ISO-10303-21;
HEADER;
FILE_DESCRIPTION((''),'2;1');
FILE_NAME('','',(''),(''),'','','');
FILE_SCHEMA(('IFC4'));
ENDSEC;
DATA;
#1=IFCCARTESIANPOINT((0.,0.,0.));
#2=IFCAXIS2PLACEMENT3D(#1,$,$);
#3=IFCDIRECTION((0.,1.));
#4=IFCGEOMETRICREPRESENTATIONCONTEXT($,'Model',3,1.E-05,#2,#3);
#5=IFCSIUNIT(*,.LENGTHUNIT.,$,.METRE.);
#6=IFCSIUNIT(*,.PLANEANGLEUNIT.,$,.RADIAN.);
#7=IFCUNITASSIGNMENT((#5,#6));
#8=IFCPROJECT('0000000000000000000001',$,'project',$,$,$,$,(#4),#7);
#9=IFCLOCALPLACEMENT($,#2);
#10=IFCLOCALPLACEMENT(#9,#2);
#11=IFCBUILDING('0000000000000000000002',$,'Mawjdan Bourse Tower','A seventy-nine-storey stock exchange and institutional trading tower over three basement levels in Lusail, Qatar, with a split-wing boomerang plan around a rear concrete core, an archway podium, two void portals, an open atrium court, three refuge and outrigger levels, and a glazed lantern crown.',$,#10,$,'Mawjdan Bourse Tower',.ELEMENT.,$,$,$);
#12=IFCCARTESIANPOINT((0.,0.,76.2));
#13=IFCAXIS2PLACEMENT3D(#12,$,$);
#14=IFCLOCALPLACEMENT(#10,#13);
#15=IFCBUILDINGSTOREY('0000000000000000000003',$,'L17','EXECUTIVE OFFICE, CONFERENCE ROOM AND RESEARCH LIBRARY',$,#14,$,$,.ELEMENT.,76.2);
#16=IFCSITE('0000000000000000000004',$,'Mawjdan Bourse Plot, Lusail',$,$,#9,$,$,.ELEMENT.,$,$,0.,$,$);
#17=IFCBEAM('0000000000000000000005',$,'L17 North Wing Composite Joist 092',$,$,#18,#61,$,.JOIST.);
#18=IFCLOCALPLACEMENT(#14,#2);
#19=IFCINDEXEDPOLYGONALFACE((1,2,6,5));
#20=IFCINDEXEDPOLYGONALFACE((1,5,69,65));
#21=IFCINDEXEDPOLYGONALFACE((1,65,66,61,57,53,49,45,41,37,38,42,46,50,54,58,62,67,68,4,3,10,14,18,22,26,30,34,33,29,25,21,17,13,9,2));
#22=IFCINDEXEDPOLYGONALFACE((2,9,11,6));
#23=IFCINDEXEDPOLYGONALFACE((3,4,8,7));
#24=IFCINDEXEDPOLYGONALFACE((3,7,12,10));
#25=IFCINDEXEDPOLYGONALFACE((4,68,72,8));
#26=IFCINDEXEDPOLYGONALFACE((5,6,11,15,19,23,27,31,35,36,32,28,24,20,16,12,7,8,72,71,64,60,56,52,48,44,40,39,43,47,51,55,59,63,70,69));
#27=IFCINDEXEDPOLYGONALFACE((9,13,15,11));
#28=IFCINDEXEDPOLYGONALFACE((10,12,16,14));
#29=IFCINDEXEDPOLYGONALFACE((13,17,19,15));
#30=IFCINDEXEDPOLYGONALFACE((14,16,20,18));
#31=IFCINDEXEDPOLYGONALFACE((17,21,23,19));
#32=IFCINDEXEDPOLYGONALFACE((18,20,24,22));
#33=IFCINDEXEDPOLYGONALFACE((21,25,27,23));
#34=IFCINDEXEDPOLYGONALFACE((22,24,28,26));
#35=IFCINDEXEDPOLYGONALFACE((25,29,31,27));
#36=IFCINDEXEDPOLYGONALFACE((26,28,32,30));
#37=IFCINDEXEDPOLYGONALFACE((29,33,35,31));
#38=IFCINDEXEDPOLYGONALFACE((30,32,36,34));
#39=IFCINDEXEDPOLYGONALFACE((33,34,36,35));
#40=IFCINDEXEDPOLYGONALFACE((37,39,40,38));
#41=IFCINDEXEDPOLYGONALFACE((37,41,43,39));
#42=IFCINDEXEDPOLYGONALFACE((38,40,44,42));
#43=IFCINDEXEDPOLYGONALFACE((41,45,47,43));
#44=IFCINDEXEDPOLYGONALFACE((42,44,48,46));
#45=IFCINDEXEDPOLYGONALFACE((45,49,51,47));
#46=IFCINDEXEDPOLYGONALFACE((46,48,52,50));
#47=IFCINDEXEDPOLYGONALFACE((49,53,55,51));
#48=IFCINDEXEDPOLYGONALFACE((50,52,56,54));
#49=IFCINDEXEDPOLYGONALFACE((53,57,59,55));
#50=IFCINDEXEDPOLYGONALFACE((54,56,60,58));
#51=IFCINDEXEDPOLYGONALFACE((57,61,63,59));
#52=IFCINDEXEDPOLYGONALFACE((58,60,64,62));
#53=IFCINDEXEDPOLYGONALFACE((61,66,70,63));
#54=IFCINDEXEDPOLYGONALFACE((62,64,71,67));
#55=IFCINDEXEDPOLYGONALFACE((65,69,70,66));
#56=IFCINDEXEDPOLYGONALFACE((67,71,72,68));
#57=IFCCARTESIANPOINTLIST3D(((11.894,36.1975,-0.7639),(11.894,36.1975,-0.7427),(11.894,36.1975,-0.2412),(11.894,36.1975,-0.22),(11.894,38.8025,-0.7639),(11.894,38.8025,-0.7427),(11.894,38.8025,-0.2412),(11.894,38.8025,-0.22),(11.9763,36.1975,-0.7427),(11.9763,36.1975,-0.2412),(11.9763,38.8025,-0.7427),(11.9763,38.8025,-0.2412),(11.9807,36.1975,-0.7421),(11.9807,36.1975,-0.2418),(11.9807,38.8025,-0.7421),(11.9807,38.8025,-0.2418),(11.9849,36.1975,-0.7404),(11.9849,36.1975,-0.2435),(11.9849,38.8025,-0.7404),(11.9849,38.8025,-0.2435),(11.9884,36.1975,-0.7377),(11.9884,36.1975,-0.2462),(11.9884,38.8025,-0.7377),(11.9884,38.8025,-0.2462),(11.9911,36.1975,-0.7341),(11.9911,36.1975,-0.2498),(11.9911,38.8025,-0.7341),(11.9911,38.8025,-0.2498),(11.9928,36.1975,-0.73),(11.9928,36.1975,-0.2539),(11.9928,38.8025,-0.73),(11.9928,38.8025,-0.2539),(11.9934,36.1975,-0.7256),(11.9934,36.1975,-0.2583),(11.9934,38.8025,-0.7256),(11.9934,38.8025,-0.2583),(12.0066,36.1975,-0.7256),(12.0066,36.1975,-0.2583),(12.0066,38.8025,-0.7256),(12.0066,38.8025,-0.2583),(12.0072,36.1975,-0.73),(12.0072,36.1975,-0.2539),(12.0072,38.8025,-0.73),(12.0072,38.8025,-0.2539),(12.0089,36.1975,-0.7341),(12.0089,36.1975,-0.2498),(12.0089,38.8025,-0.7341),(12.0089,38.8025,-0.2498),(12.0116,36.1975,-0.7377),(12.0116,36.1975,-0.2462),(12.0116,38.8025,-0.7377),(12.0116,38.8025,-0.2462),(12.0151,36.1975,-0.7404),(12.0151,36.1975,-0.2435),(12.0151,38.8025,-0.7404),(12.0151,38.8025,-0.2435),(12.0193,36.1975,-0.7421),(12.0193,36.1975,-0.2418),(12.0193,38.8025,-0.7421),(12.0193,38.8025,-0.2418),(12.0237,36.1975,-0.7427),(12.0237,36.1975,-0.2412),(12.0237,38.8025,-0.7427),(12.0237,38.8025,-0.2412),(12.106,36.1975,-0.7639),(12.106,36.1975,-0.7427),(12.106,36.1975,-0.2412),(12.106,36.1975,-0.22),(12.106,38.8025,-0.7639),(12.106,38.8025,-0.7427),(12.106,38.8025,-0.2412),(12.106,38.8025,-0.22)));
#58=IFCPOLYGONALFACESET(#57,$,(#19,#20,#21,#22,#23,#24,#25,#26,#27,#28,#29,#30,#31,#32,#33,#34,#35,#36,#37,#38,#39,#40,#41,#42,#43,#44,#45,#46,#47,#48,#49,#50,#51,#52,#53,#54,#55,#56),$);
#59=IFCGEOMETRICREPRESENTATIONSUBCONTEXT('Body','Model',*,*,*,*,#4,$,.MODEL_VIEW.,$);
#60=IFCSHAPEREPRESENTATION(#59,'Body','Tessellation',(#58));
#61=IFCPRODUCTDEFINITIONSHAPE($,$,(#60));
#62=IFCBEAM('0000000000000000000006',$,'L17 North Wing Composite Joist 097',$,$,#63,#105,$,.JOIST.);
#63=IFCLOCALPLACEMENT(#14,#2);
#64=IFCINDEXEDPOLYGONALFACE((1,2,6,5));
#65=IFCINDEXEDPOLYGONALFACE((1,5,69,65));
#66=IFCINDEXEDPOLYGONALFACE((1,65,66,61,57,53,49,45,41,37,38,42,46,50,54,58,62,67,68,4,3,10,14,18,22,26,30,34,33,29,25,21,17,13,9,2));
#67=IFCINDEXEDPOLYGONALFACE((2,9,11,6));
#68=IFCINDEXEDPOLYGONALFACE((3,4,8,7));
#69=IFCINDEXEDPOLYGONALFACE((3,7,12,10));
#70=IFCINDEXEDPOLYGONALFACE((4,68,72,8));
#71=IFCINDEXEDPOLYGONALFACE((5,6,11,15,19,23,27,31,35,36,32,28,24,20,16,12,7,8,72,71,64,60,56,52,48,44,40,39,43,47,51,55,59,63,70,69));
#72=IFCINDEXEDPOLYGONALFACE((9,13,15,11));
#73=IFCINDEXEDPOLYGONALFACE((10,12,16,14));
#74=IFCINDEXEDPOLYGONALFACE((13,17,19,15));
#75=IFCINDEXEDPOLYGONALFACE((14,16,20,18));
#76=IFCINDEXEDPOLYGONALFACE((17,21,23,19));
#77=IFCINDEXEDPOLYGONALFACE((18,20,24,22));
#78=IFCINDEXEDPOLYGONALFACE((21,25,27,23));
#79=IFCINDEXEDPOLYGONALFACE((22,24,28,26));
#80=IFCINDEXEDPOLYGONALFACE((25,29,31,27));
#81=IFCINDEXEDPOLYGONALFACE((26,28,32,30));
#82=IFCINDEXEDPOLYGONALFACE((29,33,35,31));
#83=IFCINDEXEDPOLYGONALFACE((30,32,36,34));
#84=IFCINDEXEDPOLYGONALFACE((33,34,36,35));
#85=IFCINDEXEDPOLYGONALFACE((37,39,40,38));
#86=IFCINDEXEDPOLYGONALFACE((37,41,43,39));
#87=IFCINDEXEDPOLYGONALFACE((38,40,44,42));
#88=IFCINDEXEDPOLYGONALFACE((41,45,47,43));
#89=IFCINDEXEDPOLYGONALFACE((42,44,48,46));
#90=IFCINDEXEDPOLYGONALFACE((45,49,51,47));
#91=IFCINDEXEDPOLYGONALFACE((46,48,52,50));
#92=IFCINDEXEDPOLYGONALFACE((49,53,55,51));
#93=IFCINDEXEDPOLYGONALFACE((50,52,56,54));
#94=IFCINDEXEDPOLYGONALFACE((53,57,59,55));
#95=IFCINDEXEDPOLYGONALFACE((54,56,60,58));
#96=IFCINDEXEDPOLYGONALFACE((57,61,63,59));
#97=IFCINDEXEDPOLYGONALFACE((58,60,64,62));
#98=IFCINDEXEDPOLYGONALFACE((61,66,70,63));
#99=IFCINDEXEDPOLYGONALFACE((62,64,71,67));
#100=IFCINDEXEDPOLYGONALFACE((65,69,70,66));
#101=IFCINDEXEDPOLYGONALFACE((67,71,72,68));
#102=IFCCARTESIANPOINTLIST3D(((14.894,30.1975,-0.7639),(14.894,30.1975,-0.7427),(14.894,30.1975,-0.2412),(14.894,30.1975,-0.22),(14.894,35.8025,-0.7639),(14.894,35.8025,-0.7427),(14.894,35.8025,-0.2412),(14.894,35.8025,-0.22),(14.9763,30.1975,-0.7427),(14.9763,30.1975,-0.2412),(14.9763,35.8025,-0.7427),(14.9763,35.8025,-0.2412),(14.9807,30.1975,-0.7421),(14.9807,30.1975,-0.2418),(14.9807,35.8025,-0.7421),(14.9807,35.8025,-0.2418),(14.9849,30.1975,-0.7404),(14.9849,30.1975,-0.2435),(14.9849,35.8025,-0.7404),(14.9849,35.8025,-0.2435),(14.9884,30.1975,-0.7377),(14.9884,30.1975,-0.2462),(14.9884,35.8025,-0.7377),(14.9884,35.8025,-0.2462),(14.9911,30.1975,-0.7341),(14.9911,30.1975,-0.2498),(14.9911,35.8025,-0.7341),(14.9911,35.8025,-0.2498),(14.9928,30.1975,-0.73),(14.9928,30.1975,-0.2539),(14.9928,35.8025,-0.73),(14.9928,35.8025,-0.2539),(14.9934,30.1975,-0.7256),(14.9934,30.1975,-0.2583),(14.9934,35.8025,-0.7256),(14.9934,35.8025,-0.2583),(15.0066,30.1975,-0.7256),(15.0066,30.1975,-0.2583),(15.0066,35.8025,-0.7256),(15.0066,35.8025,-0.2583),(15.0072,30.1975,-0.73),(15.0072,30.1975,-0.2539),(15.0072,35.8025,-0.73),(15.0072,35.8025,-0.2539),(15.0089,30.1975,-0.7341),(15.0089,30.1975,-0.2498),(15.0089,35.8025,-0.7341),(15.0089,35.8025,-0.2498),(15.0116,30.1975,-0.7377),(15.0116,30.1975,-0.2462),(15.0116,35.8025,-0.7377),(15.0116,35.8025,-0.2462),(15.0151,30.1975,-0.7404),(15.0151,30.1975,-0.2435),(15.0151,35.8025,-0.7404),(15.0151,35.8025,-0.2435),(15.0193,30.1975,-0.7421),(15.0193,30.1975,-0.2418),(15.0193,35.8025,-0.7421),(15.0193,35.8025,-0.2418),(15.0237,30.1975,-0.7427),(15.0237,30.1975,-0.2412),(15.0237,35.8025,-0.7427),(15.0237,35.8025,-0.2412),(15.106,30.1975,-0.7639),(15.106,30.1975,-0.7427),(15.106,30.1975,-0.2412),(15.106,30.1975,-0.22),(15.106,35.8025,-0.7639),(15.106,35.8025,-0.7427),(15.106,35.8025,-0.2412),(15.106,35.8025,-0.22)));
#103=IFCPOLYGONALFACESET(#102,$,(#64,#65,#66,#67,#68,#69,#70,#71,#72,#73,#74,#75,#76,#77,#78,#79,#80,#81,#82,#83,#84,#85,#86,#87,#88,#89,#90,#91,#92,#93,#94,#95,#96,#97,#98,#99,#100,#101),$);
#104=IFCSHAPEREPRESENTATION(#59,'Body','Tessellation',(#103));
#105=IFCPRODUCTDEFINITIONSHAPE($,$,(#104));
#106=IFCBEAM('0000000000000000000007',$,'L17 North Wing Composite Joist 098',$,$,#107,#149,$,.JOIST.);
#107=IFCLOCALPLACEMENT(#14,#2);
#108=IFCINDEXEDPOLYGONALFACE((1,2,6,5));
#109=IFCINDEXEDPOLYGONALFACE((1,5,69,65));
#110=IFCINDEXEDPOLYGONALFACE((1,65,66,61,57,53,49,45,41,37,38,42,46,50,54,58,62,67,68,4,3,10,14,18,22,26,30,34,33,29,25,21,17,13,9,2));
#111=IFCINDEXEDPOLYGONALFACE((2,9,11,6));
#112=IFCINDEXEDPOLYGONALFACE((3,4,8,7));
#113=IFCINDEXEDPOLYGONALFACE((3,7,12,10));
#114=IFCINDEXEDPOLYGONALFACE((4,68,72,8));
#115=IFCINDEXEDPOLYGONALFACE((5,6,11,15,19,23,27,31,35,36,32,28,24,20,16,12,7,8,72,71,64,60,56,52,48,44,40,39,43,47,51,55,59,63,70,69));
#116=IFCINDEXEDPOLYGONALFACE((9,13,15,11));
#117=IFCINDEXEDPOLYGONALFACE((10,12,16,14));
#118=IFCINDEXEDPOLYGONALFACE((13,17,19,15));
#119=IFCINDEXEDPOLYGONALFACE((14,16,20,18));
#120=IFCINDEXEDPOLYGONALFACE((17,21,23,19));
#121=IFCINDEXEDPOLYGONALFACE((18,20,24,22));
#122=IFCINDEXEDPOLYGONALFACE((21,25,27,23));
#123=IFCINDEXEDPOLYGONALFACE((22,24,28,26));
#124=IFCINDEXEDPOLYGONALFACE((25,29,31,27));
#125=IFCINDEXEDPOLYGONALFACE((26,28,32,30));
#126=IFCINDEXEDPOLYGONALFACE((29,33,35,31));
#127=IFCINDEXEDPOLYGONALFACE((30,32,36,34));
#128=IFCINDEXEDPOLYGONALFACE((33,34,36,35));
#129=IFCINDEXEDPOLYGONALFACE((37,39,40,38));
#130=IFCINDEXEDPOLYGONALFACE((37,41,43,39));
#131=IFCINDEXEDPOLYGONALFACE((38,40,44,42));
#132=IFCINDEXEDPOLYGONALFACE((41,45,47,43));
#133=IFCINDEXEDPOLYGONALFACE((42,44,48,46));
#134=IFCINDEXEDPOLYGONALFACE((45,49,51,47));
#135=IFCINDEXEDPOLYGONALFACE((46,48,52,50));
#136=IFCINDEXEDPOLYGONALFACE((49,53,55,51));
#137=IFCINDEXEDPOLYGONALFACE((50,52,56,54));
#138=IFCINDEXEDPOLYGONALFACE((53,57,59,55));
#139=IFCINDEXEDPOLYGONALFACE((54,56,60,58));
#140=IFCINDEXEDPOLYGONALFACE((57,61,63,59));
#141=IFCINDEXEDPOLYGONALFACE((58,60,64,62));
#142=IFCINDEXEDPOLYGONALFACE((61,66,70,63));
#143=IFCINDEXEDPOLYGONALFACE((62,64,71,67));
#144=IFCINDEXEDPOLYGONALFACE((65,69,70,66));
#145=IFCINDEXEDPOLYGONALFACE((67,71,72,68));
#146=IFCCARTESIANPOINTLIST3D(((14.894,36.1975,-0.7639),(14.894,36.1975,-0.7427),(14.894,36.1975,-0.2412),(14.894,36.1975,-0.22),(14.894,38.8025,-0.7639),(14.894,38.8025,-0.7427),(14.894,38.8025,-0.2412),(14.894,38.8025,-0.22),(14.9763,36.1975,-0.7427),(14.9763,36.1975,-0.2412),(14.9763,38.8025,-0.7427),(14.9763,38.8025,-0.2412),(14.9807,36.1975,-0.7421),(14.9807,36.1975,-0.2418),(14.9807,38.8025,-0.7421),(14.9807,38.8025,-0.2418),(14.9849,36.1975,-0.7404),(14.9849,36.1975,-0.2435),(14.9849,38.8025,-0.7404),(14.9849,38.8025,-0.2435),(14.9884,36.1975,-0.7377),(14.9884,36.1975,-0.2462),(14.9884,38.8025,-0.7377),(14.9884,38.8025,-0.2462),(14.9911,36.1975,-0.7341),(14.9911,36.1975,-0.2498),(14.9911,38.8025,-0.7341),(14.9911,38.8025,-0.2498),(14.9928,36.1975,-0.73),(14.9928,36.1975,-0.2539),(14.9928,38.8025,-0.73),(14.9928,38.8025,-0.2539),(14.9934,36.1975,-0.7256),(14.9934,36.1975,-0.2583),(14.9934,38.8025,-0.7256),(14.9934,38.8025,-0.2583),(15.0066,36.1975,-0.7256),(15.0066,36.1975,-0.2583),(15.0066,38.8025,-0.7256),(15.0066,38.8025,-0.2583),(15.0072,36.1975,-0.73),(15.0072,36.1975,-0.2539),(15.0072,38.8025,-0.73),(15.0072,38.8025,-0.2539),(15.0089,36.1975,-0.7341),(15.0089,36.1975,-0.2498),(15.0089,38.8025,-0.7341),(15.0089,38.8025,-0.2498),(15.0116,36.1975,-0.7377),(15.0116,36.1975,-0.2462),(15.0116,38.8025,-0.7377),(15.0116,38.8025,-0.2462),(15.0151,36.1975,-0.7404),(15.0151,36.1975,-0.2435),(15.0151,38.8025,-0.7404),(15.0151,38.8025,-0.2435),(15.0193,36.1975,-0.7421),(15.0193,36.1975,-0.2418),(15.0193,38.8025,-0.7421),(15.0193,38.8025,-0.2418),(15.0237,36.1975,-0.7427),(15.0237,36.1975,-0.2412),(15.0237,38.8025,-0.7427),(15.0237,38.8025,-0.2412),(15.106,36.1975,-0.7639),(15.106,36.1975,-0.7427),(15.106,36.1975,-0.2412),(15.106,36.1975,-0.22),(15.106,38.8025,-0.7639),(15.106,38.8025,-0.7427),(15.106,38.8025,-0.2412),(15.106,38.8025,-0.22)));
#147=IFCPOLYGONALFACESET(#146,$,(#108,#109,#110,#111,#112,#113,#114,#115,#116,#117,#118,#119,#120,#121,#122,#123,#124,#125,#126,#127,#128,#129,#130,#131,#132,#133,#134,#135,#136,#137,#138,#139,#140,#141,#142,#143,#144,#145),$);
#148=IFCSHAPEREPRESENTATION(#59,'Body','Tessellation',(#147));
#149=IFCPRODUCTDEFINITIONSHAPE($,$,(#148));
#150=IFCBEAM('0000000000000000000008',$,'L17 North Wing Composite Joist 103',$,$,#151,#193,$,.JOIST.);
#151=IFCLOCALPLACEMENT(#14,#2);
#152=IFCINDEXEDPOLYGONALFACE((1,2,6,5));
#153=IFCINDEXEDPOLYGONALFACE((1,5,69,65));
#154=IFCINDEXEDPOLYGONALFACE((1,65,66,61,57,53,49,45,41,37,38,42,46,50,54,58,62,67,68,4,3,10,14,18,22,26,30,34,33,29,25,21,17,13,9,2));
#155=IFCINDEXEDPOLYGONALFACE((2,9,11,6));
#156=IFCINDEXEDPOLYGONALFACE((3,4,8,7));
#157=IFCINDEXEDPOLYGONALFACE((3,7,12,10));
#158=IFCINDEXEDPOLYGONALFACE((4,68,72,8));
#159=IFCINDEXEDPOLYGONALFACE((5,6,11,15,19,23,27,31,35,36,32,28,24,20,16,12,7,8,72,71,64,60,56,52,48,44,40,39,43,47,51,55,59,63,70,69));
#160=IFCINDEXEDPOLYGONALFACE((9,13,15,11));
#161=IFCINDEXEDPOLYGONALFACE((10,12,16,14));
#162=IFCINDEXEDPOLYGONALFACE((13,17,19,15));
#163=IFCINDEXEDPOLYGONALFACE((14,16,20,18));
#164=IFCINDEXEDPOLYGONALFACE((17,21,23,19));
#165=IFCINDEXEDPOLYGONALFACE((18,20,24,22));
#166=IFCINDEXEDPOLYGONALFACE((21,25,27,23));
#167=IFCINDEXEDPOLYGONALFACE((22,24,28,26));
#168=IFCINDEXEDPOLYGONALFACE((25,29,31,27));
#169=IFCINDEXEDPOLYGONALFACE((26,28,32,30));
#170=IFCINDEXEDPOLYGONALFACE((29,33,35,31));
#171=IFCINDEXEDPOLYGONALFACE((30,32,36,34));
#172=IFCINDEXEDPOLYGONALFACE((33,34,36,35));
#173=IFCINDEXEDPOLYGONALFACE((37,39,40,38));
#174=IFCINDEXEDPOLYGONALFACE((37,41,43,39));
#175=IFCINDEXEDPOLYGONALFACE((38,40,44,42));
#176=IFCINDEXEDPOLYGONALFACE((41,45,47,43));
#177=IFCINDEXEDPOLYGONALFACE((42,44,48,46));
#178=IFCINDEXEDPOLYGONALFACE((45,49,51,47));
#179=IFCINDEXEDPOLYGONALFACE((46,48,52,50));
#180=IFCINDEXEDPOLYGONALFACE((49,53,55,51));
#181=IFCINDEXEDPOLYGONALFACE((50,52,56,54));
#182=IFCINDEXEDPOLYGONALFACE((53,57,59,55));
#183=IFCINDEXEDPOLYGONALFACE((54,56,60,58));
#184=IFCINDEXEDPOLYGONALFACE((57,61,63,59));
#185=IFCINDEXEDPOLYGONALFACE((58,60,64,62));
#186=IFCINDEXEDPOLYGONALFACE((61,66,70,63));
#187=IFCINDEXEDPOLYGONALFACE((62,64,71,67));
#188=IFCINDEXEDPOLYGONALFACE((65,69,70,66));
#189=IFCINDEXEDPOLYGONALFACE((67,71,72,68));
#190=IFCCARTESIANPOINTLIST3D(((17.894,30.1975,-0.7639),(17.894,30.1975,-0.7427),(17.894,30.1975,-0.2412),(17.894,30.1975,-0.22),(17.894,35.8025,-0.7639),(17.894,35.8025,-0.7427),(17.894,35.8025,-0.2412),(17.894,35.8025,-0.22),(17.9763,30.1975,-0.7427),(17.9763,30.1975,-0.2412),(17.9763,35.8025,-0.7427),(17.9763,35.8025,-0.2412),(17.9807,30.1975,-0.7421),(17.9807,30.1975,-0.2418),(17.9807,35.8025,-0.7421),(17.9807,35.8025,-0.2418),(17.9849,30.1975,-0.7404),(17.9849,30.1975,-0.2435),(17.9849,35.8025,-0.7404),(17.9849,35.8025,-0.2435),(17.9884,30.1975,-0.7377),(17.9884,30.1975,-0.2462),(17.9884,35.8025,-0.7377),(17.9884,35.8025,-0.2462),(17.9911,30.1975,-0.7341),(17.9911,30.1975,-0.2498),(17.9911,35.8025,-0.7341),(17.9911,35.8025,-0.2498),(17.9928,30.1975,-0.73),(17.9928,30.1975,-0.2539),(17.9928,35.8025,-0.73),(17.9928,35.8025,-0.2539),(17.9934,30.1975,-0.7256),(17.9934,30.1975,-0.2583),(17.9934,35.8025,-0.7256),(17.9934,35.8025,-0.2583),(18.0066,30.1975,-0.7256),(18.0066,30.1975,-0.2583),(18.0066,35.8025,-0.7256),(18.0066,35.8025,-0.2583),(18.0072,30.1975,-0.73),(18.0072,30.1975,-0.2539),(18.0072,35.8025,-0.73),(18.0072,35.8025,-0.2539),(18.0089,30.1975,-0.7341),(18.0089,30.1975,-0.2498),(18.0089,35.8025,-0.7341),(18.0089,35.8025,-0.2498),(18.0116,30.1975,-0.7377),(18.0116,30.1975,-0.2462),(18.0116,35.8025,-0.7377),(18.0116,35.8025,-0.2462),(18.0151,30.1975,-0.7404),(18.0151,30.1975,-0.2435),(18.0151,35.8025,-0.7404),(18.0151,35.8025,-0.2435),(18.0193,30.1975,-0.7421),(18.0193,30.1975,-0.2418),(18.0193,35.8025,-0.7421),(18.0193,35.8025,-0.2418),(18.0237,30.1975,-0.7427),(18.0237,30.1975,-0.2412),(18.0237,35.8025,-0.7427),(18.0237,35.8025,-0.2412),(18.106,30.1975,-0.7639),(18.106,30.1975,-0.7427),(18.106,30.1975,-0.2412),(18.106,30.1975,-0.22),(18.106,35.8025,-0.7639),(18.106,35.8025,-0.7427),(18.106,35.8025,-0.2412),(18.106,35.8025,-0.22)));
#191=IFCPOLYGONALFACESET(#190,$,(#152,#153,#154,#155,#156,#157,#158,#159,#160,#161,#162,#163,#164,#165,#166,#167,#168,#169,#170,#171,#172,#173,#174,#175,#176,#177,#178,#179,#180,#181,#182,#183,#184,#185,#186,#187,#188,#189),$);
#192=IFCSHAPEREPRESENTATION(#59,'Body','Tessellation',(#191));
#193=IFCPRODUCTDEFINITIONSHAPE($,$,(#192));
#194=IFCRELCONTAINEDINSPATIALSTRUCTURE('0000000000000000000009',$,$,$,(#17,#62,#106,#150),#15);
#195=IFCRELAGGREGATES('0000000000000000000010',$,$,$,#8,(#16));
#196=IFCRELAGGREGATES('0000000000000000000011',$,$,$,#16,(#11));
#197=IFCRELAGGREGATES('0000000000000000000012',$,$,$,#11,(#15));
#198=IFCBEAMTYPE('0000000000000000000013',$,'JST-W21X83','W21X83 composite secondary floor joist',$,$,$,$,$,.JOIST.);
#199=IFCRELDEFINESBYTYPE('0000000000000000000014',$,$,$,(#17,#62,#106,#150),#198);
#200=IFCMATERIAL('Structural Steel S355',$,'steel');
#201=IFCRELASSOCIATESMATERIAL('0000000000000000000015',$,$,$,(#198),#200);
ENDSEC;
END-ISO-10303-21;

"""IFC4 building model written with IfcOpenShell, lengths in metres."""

from ifc_helpers import new_model, si_unit, direction, frame, origin, origin_2d, place, context, subcontext, project, spatial, i_section, extrude, material, material_profile, profile_set, type_object, element, save


model = new_model("IFC4")

# Units and contexts
model_context = context("Model", 3, precision=1e-05, world=origin(), true_north=direction((0.0, 1.0)))
body_context = subcontext(model_context, "Body", "Model", "MODEL_VIEW")
ifc_project = project(units=[si_unit("LENGTHUNIT", "METRE"), si_unit("PLANEANGLEUNIT", "RADIAN")], contexts=[model_context])

# Site, building, storey
site_placement = place(None, origin())
site = spatial("IfcSite", under=ifc_project, at=site_placement, Name="Mawjdan Bourse Plot, Lusail", CompositionType="ELEMENT", RefElevation=0.0)
building_placement = place(site_placement, origin())
building = spatial("IfcBuilding", under=site, at=building_placement, Name="Mawjdan Bourse Tower", Description="A seventy-nine-storey stock exchange and institutional trading tower over three basement levels in Lusail, Qatar, with a split-wing boomerang plan around a rear concrete core, an archway podium, two void portals, an open atrium court, three refuge and outrigger levels, and a glazed lantern crown.", LongName="Mawjdan Bourse Tower", CompositionType="ELEMENT")
storey_placement = place(building_placement, frame((0.0, 0.0, 76.2)))
storey = spatial("IfcBuildingStorey", under=building, at=storey_placement, Name="L17", Description="EXECUTIVE OFFICE, CONFERENCE ROOM AND RESEARCH LIBRARY", CompositionType="ELEMENT", Elevation=76.2)

# Beams
ifc_material_1 = material(Name="Structural Steel S355", Category="steel")
ifc_material_profile_1 = material_profile(ifc_material_1, i_section(OverallWidth=0.2119, OverallDepth=0.5439, WebThickness=0.0132, FlangeThickness=0.0212, FilletRadius=0.0171, at=origin_2d()), Name="W21X83")
ifc_profile_set_1 = profile_set([ifc_material_profile_1], Name="Structural Steel S355")
beam_type_1 = type_object("IfcBeamType", Name="JST-W21X83", Description="W21X83 composite secondary floor joist", PredefinedType="JOIST", material=ifc_profile_set_1)
beam_1_placement = place(storey_placement, frame((12.0, 36.1975, -0.4919), z_axis=(0.0, 1.0, 0.0), x_axis=(-1.0, 0.0, 0.0)))
element("IfcBeam", 1, at=beam_1_placement, inside=storey, type_object=beam_type_1, Name="L17 North Wing Composite Joist 092", PredefinedType="JOIST", context=body_context, shape_type="SweptSolid", body=[
    extrude(i_section(OverallWidth=0.2119, OverallDepth=0.5439, WebThickness=0.0132, FlangeThickness=0.0212, FilletRadius=0.0171, at=origin_2d()), origin(), (0.0, 0.0, 1.0), 2.605),
])
beam_2_placement = place(storey_placement, frame((15.0, 30.1975, -0.4919), z_axis=(0.0, 1.0, 0.0), x_axis=(-1.0, 0.0, 0.0)))
element("IfcBeam", 2, at=beam_2_placement, inside=storey, type_object=beam_type_1, Name="L17 North Wing Composite Joist 097", PredefinedType="JOIST", context=body_context, shape_type="SweptSolid", body=[
    extrude(i_section(OverallWidth=0.2119, OverallDepth=0.5439, WebThickness=0.0132, FlangeThickness=0.0212, FilletRadius=0.0171, at=origin_2d()), origin(), (0.0, 0.0, 1.0), 5.605),
])
beam_3_placement = place(storey_placement, frame((15.0, 36.1975, -0.4919), z_axis=(0.0, 1.0, 0.0), x_axis=(-1.0, 0.0, 0.0)))
element("IfcBeam", 3, at=beam_3_placement, inside=storey, type_object=beam_type_1, Name="L17 North Wing Composite Joist 098", PredefinedType="JOIST", context=body_context, shape_type="SweptSolid", body=[
    extrude(i_section(OverallWidth=0.2119, OverallDepth=0.5439, WebThickness=0.0132, FlangeThickness=0.0212, FilletRadius=0.0171, at=origin_2d()), origin(), (0.0, 0.0, 1.0), 2.605),
])
beam_4_placement = place(storey_placement, frame((18.0, 30.1975, -0.4919), z_axis=(0.0, 1.0, 0.0), x_axis=(-1.0, 0.0, 0.0)))
element("IfcBeam", 4, at=beam_4_placement, inside=storey, type_object=beam_type_1, Name="L17 North Wing Composite Joist 103", PredefinedType="JOIST", context=body_context, shape_type="SweptSolid", body=[
    extrude(i_section(OverallWidth=0.2119, OverallDepth=0.5439, WebThickness=0.0132, FlangeThickness=0.0212, FilletRadius=0.0171, at=origin_2d()), origin(), (0.0, 0.0, 1.0), 5.605),
])

save(model, "model.ifc")
